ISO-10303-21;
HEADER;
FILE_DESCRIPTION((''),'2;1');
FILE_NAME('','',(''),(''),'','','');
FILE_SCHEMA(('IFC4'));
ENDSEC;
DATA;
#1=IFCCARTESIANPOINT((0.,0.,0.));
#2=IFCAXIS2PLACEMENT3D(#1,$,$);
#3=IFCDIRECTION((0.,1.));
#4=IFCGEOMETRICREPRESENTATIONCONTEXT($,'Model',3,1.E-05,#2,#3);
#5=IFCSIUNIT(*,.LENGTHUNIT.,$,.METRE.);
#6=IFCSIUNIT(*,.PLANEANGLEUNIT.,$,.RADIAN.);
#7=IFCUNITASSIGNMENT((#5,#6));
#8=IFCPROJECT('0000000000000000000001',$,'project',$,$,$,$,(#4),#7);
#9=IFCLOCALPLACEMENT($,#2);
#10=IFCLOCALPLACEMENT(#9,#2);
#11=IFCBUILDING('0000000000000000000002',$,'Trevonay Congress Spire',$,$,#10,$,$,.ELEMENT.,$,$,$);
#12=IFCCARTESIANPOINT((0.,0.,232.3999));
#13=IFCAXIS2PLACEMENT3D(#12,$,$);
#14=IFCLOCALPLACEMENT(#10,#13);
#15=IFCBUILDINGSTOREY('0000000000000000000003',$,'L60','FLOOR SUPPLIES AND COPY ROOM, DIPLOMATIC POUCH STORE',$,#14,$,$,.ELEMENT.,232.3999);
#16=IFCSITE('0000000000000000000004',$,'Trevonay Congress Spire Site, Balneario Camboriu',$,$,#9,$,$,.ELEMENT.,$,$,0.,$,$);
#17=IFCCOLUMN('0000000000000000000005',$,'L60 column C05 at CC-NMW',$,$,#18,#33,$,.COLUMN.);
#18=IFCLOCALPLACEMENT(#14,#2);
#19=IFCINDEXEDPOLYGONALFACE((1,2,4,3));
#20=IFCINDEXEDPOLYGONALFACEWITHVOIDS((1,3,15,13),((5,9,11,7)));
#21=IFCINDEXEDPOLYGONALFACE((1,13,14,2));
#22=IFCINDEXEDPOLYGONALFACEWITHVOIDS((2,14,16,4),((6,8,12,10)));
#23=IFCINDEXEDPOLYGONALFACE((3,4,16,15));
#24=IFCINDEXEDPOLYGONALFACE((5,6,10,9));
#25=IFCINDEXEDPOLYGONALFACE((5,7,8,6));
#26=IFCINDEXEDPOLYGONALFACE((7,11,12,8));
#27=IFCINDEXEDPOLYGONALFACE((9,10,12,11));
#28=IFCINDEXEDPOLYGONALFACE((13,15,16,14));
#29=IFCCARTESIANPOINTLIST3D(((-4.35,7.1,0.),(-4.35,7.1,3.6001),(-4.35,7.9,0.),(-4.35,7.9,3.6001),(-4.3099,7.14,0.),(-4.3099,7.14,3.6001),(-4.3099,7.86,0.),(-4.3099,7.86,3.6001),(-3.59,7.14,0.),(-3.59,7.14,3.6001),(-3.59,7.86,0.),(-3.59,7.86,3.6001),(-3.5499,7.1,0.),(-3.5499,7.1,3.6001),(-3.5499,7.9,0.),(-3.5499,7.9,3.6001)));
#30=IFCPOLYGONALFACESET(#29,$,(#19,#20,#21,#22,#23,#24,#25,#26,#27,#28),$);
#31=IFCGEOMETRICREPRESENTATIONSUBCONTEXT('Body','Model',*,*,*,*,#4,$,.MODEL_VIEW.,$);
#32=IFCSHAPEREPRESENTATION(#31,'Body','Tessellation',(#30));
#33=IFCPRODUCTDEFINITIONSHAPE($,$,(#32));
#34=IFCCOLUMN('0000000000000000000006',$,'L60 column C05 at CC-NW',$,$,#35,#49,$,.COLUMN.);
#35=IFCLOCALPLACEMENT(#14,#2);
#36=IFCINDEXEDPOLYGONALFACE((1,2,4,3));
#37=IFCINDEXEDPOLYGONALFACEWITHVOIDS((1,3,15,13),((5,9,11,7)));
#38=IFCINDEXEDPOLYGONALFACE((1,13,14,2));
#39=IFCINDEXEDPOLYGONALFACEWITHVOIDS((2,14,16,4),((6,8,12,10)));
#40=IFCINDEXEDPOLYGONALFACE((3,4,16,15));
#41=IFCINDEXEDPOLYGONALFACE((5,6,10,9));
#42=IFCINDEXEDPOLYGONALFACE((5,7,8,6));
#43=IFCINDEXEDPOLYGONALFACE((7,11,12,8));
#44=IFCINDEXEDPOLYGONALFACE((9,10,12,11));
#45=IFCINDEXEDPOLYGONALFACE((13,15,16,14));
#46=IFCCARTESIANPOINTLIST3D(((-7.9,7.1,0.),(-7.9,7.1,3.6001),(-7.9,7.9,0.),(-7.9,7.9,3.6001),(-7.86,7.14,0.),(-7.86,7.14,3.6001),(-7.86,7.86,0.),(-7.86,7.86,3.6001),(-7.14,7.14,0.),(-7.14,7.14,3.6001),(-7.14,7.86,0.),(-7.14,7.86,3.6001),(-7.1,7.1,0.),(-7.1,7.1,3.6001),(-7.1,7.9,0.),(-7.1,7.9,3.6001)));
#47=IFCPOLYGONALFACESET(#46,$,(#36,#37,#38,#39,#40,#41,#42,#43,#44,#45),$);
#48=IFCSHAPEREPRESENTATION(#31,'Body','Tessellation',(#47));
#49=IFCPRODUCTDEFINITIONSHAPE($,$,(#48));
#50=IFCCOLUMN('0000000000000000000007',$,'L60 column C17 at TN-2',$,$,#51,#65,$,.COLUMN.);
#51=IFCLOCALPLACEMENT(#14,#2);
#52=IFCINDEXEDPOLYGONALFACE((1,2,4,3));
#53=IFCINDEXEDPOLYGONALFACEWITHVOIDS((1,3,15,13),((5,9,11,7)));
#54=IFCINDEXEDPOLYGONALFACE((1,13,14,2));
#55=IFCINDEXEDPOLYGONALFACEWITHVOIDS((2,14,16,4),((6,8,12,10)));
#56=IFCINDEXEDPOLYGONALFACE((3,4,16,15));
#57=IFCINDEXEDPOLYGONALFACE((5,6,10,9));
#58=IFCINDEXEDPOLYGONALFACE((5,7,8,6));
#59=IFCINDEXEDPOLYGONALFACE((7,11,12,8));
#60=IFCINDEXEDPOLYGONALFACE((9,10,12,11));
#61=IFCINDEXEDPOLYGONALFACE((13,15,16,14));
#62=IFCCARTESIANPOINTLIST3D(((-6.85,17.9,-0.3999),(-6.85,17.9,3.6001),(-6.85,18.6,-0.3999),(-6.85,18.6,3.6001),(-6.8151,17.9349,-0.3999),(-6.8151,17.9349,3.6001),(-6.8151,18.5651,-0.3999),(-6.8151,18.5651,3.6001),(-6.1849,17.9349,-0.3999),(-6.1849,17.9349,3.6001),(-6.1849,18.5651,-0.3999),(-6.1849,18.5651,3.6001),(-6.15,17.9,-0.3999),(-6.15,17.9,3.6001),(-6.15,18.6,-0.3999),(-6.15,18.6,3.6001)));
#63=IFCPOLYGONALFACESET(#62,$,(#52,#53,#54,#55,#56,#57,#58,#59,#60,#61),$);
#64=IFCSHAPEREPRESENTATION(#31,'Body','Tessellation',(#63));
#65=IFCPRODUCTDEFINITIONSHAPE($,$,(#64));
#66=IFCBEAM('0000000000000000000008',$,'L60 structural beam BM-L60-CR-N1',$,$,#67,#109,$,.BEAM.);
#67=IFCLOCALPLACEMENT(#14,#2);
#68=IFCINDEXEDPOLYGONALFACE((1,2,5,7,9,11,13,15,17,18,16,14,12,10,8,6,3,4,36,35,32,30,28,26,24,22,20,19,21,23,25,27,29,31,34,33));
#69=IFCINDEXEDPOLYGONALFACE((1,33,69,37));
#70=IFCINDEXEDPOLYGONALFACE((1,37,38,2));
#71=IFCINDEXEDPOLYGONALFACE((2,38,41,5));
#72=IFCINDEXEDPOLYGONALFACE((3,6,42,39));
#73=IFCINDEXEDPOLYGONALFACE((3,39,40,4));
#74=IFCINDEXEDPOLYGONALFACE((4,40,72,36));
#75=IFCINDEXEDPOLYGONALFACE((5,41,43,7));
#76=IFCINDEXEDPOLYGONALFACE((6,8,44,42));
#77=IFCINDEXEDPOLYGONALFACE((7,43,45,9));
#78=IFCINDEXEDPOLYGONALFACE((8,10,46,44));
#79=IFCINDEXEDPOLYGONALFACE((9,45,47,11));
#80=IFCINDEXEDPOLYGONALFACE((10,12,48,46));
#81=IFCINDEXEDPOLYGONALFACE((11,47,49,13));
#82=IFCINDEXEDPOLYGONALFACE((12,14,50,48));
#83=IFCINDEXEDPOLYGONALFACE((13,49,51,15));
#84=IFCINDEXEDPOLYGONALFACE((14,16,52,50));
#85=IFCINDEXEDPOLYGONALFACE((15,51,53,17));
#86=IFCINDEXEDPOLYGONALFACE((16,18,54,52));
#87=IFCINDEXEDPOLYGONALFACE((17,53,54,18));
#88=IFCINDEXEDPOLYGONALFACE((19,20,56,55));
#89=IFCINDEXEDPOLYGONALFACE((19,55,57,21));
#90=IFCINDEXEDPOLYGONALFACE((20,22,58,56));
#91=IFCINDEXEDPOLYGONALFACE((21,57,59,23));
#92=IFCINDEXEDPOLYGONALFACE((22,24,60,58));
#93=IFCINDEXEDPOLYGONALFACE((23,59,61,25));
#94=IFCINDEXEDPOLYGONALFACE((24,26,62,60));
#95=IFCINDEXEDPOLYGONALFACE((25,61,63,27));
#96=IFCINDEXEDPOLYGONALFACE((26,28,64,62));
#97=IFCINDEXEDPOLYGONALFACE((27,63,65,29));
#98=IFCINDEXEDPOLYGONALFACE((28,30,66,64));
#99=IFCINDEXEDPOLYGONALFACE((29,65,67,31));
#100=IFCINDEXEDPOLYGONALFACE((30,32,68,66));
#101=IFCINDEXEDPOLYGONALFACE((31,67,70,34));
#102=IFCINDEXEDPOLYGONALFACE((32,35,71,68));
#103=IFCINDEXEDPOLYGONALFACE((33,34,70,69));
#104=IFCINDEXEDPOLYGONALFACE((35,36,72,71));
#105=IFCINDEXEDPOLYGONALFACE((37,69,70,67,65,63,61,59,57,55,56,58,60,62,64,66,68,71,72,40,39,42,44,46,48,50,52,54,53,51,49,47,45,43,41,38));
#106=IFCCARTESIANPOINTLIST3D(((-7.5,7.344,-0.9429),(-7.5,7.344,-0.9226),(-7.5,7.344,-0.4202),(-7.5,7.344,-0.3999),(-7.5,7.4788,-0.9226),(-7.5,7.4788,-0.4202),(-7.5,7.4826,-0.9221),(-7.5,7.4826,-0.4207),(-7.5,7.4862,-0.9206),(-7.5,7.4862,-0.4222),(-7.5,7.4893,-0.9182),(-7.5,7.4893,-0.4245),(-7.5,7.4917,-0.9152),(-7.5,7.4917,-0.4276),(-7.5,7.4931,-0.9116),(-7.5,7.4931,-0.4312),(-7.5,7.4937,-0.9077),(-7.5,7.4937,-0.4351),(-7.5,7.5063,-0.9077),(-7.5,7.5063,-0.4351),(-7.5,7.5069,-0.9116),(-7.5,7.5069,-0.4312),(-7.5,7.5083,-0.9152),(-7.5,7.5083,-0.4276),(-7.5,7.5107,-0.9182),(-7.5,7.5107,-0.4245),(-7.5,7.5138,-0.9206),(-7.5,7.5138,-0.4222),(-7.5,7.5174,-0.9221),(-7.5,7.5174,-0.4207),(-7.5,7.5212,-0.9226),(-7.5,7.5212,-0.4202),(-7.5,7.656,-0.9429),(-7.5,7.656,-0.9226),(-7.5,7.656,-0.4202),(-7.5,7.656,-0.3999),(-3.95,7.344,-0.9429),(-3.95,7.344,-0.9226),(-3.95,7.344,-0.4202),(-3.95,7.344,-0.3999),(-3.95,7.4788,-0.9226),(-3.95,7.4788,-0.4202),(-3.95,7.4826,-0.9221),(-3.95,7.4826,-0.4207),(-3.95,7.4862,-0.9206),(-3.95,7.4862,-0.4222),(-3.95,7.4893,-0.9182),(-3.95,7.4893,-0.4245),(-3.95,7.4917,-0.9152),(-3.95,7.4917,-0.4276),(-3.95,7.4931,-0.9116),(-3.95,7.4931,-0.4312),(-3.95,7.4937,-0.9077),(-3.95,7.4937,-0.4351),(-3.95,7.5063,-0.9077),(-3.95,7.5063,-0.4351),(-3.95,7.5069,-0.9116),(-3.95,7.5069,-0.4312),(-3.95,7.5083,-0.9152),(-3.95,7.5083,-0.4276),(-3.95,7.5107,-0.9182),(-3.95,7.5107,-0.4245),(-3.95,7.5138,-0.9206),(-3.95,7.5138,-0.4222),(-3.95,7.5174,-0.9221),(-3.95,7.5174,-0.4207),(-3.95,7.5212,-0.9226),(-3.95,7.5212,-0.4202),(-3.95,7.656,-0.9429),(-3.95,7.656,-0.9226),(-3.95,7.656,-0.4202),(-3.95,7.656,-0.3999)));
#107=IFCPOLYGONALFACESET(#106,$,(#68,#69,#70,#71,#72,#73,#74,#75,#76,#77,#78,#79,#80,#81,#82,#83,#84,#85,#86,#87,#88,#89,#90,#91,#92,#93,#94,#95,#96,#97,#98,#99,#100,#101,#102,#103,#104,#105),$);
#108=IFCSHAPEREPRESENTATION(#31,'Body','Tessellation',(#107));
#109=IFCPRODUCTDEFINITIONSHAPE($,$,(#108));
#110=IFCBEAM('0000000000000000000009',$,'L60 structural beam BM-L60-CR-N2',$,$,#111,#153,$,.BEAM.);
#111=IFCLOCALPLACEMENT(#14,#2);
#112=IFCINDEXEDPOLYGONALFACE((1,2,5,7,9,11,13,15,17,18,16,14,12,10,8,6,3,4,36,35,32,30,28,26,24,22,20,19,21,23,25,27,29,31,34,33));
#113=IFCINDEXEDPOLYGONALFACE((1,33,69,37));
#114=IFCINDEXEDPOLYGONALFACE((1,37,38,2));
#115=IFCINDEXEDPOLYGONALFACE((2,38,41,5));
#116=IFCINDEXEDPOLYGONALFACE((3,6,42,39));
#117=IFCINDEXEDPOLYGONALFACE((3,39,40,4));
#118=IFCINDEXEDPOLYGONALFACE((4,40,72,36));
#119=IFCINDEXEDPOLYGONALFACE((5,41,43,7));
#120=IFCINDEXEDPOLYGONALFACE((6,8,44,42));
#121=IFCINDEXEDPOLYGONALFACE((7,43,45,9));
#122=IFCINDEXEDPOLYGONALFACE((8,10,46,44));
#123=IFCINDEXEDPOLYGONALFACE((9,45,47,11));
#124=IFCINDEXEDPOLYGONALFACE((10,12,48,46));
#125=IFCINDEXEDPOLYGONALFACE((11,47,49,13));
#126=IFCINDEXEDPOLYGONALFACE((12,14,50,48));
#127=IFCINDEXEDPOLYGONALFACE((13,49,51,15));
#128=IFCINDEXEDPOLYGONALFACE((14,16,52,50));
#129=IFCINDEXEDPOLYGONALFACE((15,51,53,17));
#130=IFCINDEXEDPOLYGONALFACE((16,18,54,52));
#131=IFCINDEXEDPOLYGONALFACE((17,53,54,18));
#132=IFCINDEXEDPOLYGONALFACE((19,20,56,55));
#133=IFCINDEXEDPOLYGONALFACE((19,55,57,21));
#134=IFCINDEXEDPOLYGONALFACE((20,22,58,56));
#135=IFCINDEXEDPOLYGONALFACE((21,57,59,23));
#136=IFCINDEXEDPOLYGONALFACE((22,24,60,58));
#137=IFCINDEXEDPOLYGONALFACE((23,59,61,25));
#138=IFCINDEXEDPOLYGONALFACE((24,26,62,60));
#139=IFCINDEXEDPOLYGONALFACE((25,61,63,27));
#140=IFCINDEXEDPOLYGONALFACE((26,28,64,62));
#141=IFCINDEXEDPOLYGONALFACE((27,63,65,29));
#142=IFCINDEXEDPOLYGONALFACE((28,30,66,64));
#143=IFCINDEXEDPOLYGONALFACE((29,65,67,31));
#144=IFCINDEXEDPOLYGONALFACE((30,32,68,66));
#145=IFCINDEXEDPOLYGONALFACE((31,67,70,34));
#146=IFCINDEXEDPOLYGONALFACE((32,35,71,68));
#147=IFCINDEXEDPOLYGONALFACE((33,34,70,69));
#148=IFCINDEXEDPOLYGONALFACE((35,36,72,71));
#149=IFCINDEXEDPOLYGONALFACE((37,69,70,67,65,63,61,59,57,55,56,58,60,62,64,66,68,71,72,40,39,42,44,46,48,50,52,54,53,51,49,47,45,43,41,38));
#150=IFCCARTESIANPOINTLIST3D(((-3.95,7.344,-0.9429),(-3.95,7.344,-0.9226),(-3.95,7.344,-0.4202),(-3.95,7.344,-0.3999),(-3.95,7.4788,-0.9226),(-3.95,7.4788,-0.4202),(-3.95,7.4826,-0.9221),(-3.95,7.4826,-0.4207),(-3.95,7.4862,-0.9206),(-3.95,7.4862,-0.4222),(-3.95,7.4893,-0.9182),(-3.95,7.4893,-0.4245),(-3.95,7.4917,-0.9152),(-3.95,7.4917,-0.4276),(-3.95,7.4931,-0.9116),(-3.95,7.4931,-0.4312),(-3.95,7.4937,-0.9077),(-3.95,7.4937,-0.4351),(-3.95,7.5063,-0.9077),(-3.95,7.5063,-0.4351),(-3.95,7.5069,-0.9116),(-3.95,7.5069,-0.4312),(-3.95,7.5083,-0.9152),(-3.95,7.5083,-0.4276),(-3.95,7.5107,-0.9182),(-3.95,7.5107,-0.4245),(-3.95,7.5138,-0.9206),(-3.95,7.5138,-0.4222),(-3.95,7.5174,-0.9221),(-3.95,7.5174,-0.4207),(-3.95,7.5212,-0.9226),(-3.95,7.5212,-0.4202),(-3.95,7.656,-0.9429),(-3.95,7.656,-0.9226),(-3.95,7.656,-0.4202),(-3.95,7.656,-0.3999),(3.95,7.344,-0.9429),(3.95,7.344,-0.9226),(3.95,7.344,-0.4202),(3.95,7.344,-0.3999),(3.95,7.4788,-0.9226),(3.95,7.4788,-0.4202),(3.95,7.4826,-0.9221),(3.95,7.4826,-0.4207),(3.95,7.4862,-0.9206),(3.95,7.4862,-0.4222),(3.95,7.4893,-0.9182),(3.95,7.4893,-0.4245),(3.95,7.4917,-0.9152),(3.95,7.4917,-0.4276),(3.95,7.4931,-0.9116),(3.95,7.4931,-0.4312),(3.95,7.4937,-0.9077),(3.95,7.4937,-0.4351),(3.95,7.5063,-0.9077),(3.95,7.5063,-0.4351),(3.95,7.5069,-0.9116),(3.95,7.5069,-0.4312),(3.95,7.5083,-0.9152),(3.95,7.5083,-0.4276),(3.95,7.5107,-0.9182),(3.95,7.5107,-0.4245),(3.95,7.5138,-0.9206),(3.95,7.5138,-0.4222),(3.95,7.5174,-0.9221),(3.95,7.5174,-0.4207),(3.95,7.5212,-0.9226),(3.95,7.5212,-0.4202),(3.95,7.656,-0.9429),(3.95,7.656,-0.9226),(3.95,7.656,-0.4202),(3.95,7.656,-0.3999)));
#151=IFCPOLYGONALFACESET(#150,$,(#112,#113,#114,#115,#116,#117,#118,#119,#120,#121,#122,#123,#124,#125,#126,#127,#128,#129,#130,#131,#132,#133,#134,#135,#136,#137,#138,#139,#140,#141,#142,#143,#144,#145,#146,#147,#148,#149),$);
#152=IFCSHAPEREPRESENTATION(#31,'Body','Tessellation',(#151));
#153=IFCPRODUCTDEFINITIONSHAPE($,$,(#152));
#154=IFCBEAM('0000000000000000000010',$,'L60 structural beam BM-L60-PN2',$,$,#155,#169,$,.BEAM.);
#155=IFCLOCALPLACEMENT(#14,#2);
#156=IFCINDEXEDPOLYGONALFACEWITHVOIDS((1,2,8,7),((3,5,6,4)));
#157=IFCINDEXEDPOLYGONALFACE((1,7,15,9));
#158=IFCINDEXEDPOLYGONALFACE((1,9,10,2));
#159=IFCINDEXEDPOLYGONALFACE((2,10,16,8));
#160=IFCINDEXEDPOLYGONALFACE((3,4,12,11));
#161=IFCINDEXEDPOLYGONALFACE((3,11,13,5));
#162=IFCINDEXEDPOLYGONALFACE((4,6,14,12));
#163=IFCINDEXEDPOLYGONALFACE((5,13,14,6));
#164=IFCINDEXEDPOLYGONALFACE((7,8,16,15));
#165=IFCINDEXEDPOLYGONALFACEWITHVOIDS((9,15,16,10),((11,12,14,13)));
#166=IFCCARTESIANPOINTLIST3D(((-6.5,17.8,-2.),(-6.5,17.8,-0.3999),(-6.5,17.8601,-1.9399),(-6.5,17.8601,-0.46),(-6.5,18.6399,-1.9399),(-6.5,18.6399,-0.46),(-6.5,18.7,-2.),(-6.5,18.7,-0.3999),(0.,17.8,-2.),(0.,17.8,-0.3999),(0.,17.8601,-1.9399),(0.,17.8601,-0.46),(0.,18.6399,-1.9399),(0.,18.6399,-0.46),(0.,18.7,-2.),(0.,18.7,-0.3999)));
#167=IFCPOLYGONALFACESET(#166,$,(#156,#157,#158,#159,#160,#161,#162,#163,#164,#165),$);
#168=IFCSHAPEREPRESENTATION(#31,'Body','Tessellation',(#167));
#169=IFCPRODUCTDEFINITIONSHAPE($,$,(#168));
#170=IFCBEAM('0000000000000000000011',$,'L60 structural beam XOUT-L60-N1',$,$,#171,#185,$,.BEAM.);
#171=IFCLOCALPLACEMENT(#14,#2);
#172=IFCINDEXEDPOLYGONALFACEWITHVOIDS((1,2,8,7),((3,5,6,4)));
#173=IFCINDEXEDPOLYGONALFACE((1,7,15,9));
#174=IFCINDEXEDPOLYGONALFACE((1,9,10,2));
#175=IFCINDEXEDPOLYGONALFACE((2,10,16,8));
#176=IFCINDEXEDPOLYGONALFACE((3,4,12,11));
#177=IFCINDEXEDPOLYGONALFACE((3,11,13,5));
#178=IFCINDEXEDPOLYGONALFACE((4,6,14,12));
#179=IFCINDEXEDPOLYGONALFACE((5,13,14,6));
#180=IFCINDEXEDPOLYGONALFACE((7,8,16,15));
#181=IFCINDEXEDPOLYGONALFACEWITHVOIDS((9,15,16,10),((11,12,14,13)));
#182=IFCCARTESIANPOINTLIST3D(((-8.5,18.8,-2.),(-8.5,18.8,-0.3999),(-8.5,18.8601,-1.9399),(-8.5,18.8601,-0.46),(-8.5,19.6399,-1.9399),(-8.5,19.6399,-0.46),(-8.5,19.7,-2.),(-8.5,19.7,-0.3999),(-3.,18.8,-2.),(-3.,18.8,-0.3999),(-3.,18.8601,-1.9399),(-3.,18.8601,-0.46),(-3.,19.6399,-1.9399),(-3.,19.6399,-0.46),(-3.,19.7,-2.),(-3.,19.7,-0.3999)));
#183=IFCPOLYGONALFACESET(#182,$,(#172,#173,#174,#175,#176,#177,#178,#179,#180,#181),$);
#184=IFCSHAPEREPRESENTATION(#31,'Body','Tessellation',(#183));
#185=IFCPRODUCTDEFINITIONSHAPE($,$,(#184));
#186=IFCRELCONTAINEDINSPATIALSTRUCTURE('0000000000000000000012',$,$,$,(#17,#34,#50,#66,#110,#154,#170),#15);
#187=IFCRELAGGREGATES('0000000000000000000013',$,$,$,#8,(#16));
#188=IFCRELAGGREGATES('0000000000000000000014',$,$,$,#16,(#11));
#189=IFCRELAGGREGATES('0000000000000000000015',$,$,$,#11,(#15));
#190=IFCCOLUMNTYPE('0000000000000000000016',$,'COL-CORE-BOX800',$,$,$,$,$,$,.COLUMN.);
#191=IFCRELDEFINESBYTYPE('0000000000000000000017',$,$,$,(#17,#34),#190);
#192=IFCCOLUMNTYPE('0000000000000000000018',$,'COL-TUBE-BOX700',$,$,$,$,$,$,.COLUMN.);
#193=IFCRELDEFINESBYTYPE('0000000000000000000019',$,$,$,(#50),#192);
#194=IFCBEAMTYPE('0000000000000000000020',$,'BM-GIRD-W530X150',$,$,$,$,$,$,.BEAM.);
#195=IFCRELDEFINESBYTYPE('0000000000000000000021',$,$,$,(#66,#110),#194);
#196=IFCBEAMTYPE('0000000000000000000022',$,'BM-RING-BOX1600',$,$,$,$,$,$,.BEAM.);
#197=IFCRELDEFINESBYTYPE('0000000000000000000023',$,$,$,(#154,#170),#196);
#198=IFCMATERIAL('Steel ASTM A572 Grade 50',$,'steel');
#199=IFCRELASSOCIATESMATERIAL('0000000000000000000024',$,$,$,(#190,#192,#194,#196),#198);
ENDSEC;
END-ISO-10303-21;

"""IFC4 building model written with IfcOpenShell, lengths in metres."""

from ifc_helpers import new_model, si_unit, direction, frame, origin, origin_2d, place, context, subcontext, project, spatial, hollow_rectangle, i_section, extrude, material, material_profile, profile_set, type_object, element, save


model = new_model("IFC4")

# Units and contexts
model_context = context("Model", 3, precision=1e-05, world=origin(), true_north=direction((0.0, 1.0)))
body_context = subcontext(model_context, "Body", "Model", "MODEL_VIEW")
ifc_project = project(units=[si_unit("LENGTHUNIT", "METRE"), si_unit("PLANEANGLEUNIT", "RADIAN")], contexts=[model_context])

# Site, building, storey
site_placement = place(None, origin())
site = spatial("IfcSite", under=ifc_project, at=site_placement, Name="Trevonay Congress Spire Site, Balneario Camboriu", CompositionType="ELEMENT", RefElevation=0.0)
building_placement = place(site_placement, origin())
building = spatial("IfcBuilding", under=site, at=building_placement, Name="Trevonay Congress Spire", CompositionType="ELEMENT")
storey_placement = place(building_placement, frame((0.0, 0.0, 232.3999)))
storey = spatial("IfcBuildingStorey", under=building, at=storey_placement, Name="L60", Description="FLOOR SUPPLIES AND COPY ROOM, DIPLOMATIC POUCH STORE", CompositionType="ELEMENT", Elevation=232.3999)

# Columns
ifc_material_1 = material(Name="Steel ASTM A572 Grade 50", Category="steel")
ifc_material_profile_1 = material_profile(ifc_material_1, hollow_rectangle(XDim=0.8, YDim=0.8, WallThickness=0.04, at=origin_2d()), Name="BOX 800x800x40")
ifc_profile_set_1 = profile_set([ifc_material_profile_1], Name="Steel ASTM A572 Grade 50")
column_type_1 = type_object("IfcColumnType", Name="COL-CORE-BOX800", PredefinedType="COLUMN", material=ifc_profile_set_1)
for number, where, z_axis, x_axis, name in (
    (1, (-3.95, 7.5, 0.0), (0.0, 0.0, 1.0), (1.0, 0.0, 0.0), "L60 column C05 at CC-NMW"),
    (2, (-7.5, 7.5, 0.0), (0.0, 0.0, 1.0), (1.0, 0.0, 0.0), "L60 column C05 at CC-NW"),
):
    element("IfcColumn", number, at=place(storey_placement, frame(where, z_axis=z_axis, x_axis=x_axis)), inside=storey, type_object=column_type_1, Name=name, PredefinedType="COLUMN", context=body_context, shape_type="SweptSolid", body=[
        extrude(hollow_rectangle(XDim=0.8, YDim=0.8, WallThickness=0.04, at=origin_2d()), origin(), (0.0, 0.0, 1.0), 3.6001),
    ])
ifc_material_profile_2 = material_profile(ifc_material_1, hollow_rectangle(XDim=0.7, YDim=0.7, WallThickness=0.0349, at=origin_2d()), Name="BOX 700x700x35")
ifc_profile_set_2 = profile_set([ifc_material_profile_2], Name="Steel ASTM A572 Grade 50")
column_type_2 = type_object("IfcColumnType", Name="COL-TUBE-BOX700", PredefinedType="COLUMN", material=ifc_profile_set_2)
column_placement = place(storey_placement, frame((-6.5, 18.25, -0.3999), z_axis=(0.0, 0.0, 1.0), x_axis=(1.0, 0.0, 0.0)))
element("IfcColumn", 3, at=column_placement, inside=storey, type_object=column_type_2, Name="L60 column C17 at TN-2", PredefinedType="COLUMN", context=body_context, shape_type="SweptSolid", body=[
    extrude(hollow_rectangle(XDim=0.7, YDim=0.7, WallThickness=0.0349, at=origin_2d()), origin(), (0.0, 0.0, 1.0), 4.0),
])

# Beams
ifc_material_profile_3 = material_profile(ifc_material_1, i_section(OverallWidth=0.312, OverallDepth=0.543, WebThickness=0.0127, FlangeThickness=0.0203, FilletRadius=0.0149, at=origin_2d()), Name="W530x150")
ifc_profile_set_3 = profile_set([ifc_material_profile_3], Name="Steel ASTM A572 Grade 50")
beam_type_1 = type_object("IfcBeamType", Name="BM-GIRD-W530X150", PredefinedType="BEAM", material=ifc_profile_set_3)
beam_1_placement = place(storey_placement, frame((-7.5, 7.5, -0.6714), z_axis=(1.0, 0.0, 0.0), x_axis=(0.0, 1.0, 0.0)))
element("IfcBeam", 4, at=beam_1_placement, inside=storey, type_object=beam_type_1, Name="L60 structural beam BM-L60-CR-N1", PredefinedType="BEAM", context=body_context, shape_type="SweptSolid", body=[
    extrude(i_section(OverallWidth=0.312, OverallDepth=0.543, WebThickness=0.0127, FlangeThickness=0.0203, FilletRadius=0.0149, at=origin_2d()), origin(), (0.0, 0.0, 1.0), 3.55),
])
beam_2_placement = place(storey_placement, frame((-3.95, 7.5, -0.6714), z_axis=(1.0, 0.0, 0.0), x_axis=(0.0, 1.0, 0.0)))
element("IfcBeam", 5, at=beam_2_placement, inside=storey, type_object=beam_type_1, Name="L60 structural beam BM-L60-CR-N2", PredefinedType="BEAM", context=body_context, shape_type="SweptSolid", body=[
    extrude(i_section(OverallWidth=0.312, OverallDepth=0.543, WebThickness=0.0127, FlangeThickness=0.0203, FilletRadius=0.0149, at=origin_2d()), origin(), (0.0, 0.0, 1.0), 7.8999),
])
ifc_material_profile_4 = material_profile(ifc_material_1, hollow_rectangle(XDim=0.8999, YDim=1.6001, WallThickness=0.0601, at=origin_2d()), Name="BOX 1600x900x60")
ifc_profile_set_4 = profile_set([ifc_material_profile_4], Name="Steel ASTM A572 Grade 50")
beam_type_2 = type_object("IfcBeamType", Name="BM-RING-BOX1600", PredefinedType="BEAM", material=ifc_profile_set_4)
beam_3_placement = place(storey_placement, frame((-6.5, 18.25, -1.2), z_axis=(1.0, 0.0, 0.0), x_axis=(0.0, 1.0, 0.0)))
element("IfcBeam", 6, at=beam_3_placement, inside=storey, type_object=beam_type_2, Name="L60 structural beam BM-L60-PN2", PredefinedType="BEAM", context=body_context, shape_type="SweptSolid", body=[
    extrude(hollow_rectangle(XDim=0.8999, YDim=1.6001, WallThickness=0.0601, at=origin_2d()), origin(), (0.0, 0.0, 1.0), 6.5),
])
beam_4_placement = place(storey_placement, frame((-8.5, 19.25, -1.2), z_axis=(1.0, 0.0, 0.0), x_axis=(0.0, 1.0, 0.0)))
element("IfcBeam", 7, at=beam_4_placement, inside=storey, type_object=beam_type_2, Name="L60 structural beam XOUT-L60-N1", PredefinedType="BEAM", context=body_context, shape_type="SweptSolid", body=[
    extrude(hollow_rectangle(XDim=0.8999, YDim=1.6001, WallThickness=0.0601, at=origin_2d()), origin(), (0.0, 0.0, 1.0), 5.5),
])

save(model, "model.ifc")
